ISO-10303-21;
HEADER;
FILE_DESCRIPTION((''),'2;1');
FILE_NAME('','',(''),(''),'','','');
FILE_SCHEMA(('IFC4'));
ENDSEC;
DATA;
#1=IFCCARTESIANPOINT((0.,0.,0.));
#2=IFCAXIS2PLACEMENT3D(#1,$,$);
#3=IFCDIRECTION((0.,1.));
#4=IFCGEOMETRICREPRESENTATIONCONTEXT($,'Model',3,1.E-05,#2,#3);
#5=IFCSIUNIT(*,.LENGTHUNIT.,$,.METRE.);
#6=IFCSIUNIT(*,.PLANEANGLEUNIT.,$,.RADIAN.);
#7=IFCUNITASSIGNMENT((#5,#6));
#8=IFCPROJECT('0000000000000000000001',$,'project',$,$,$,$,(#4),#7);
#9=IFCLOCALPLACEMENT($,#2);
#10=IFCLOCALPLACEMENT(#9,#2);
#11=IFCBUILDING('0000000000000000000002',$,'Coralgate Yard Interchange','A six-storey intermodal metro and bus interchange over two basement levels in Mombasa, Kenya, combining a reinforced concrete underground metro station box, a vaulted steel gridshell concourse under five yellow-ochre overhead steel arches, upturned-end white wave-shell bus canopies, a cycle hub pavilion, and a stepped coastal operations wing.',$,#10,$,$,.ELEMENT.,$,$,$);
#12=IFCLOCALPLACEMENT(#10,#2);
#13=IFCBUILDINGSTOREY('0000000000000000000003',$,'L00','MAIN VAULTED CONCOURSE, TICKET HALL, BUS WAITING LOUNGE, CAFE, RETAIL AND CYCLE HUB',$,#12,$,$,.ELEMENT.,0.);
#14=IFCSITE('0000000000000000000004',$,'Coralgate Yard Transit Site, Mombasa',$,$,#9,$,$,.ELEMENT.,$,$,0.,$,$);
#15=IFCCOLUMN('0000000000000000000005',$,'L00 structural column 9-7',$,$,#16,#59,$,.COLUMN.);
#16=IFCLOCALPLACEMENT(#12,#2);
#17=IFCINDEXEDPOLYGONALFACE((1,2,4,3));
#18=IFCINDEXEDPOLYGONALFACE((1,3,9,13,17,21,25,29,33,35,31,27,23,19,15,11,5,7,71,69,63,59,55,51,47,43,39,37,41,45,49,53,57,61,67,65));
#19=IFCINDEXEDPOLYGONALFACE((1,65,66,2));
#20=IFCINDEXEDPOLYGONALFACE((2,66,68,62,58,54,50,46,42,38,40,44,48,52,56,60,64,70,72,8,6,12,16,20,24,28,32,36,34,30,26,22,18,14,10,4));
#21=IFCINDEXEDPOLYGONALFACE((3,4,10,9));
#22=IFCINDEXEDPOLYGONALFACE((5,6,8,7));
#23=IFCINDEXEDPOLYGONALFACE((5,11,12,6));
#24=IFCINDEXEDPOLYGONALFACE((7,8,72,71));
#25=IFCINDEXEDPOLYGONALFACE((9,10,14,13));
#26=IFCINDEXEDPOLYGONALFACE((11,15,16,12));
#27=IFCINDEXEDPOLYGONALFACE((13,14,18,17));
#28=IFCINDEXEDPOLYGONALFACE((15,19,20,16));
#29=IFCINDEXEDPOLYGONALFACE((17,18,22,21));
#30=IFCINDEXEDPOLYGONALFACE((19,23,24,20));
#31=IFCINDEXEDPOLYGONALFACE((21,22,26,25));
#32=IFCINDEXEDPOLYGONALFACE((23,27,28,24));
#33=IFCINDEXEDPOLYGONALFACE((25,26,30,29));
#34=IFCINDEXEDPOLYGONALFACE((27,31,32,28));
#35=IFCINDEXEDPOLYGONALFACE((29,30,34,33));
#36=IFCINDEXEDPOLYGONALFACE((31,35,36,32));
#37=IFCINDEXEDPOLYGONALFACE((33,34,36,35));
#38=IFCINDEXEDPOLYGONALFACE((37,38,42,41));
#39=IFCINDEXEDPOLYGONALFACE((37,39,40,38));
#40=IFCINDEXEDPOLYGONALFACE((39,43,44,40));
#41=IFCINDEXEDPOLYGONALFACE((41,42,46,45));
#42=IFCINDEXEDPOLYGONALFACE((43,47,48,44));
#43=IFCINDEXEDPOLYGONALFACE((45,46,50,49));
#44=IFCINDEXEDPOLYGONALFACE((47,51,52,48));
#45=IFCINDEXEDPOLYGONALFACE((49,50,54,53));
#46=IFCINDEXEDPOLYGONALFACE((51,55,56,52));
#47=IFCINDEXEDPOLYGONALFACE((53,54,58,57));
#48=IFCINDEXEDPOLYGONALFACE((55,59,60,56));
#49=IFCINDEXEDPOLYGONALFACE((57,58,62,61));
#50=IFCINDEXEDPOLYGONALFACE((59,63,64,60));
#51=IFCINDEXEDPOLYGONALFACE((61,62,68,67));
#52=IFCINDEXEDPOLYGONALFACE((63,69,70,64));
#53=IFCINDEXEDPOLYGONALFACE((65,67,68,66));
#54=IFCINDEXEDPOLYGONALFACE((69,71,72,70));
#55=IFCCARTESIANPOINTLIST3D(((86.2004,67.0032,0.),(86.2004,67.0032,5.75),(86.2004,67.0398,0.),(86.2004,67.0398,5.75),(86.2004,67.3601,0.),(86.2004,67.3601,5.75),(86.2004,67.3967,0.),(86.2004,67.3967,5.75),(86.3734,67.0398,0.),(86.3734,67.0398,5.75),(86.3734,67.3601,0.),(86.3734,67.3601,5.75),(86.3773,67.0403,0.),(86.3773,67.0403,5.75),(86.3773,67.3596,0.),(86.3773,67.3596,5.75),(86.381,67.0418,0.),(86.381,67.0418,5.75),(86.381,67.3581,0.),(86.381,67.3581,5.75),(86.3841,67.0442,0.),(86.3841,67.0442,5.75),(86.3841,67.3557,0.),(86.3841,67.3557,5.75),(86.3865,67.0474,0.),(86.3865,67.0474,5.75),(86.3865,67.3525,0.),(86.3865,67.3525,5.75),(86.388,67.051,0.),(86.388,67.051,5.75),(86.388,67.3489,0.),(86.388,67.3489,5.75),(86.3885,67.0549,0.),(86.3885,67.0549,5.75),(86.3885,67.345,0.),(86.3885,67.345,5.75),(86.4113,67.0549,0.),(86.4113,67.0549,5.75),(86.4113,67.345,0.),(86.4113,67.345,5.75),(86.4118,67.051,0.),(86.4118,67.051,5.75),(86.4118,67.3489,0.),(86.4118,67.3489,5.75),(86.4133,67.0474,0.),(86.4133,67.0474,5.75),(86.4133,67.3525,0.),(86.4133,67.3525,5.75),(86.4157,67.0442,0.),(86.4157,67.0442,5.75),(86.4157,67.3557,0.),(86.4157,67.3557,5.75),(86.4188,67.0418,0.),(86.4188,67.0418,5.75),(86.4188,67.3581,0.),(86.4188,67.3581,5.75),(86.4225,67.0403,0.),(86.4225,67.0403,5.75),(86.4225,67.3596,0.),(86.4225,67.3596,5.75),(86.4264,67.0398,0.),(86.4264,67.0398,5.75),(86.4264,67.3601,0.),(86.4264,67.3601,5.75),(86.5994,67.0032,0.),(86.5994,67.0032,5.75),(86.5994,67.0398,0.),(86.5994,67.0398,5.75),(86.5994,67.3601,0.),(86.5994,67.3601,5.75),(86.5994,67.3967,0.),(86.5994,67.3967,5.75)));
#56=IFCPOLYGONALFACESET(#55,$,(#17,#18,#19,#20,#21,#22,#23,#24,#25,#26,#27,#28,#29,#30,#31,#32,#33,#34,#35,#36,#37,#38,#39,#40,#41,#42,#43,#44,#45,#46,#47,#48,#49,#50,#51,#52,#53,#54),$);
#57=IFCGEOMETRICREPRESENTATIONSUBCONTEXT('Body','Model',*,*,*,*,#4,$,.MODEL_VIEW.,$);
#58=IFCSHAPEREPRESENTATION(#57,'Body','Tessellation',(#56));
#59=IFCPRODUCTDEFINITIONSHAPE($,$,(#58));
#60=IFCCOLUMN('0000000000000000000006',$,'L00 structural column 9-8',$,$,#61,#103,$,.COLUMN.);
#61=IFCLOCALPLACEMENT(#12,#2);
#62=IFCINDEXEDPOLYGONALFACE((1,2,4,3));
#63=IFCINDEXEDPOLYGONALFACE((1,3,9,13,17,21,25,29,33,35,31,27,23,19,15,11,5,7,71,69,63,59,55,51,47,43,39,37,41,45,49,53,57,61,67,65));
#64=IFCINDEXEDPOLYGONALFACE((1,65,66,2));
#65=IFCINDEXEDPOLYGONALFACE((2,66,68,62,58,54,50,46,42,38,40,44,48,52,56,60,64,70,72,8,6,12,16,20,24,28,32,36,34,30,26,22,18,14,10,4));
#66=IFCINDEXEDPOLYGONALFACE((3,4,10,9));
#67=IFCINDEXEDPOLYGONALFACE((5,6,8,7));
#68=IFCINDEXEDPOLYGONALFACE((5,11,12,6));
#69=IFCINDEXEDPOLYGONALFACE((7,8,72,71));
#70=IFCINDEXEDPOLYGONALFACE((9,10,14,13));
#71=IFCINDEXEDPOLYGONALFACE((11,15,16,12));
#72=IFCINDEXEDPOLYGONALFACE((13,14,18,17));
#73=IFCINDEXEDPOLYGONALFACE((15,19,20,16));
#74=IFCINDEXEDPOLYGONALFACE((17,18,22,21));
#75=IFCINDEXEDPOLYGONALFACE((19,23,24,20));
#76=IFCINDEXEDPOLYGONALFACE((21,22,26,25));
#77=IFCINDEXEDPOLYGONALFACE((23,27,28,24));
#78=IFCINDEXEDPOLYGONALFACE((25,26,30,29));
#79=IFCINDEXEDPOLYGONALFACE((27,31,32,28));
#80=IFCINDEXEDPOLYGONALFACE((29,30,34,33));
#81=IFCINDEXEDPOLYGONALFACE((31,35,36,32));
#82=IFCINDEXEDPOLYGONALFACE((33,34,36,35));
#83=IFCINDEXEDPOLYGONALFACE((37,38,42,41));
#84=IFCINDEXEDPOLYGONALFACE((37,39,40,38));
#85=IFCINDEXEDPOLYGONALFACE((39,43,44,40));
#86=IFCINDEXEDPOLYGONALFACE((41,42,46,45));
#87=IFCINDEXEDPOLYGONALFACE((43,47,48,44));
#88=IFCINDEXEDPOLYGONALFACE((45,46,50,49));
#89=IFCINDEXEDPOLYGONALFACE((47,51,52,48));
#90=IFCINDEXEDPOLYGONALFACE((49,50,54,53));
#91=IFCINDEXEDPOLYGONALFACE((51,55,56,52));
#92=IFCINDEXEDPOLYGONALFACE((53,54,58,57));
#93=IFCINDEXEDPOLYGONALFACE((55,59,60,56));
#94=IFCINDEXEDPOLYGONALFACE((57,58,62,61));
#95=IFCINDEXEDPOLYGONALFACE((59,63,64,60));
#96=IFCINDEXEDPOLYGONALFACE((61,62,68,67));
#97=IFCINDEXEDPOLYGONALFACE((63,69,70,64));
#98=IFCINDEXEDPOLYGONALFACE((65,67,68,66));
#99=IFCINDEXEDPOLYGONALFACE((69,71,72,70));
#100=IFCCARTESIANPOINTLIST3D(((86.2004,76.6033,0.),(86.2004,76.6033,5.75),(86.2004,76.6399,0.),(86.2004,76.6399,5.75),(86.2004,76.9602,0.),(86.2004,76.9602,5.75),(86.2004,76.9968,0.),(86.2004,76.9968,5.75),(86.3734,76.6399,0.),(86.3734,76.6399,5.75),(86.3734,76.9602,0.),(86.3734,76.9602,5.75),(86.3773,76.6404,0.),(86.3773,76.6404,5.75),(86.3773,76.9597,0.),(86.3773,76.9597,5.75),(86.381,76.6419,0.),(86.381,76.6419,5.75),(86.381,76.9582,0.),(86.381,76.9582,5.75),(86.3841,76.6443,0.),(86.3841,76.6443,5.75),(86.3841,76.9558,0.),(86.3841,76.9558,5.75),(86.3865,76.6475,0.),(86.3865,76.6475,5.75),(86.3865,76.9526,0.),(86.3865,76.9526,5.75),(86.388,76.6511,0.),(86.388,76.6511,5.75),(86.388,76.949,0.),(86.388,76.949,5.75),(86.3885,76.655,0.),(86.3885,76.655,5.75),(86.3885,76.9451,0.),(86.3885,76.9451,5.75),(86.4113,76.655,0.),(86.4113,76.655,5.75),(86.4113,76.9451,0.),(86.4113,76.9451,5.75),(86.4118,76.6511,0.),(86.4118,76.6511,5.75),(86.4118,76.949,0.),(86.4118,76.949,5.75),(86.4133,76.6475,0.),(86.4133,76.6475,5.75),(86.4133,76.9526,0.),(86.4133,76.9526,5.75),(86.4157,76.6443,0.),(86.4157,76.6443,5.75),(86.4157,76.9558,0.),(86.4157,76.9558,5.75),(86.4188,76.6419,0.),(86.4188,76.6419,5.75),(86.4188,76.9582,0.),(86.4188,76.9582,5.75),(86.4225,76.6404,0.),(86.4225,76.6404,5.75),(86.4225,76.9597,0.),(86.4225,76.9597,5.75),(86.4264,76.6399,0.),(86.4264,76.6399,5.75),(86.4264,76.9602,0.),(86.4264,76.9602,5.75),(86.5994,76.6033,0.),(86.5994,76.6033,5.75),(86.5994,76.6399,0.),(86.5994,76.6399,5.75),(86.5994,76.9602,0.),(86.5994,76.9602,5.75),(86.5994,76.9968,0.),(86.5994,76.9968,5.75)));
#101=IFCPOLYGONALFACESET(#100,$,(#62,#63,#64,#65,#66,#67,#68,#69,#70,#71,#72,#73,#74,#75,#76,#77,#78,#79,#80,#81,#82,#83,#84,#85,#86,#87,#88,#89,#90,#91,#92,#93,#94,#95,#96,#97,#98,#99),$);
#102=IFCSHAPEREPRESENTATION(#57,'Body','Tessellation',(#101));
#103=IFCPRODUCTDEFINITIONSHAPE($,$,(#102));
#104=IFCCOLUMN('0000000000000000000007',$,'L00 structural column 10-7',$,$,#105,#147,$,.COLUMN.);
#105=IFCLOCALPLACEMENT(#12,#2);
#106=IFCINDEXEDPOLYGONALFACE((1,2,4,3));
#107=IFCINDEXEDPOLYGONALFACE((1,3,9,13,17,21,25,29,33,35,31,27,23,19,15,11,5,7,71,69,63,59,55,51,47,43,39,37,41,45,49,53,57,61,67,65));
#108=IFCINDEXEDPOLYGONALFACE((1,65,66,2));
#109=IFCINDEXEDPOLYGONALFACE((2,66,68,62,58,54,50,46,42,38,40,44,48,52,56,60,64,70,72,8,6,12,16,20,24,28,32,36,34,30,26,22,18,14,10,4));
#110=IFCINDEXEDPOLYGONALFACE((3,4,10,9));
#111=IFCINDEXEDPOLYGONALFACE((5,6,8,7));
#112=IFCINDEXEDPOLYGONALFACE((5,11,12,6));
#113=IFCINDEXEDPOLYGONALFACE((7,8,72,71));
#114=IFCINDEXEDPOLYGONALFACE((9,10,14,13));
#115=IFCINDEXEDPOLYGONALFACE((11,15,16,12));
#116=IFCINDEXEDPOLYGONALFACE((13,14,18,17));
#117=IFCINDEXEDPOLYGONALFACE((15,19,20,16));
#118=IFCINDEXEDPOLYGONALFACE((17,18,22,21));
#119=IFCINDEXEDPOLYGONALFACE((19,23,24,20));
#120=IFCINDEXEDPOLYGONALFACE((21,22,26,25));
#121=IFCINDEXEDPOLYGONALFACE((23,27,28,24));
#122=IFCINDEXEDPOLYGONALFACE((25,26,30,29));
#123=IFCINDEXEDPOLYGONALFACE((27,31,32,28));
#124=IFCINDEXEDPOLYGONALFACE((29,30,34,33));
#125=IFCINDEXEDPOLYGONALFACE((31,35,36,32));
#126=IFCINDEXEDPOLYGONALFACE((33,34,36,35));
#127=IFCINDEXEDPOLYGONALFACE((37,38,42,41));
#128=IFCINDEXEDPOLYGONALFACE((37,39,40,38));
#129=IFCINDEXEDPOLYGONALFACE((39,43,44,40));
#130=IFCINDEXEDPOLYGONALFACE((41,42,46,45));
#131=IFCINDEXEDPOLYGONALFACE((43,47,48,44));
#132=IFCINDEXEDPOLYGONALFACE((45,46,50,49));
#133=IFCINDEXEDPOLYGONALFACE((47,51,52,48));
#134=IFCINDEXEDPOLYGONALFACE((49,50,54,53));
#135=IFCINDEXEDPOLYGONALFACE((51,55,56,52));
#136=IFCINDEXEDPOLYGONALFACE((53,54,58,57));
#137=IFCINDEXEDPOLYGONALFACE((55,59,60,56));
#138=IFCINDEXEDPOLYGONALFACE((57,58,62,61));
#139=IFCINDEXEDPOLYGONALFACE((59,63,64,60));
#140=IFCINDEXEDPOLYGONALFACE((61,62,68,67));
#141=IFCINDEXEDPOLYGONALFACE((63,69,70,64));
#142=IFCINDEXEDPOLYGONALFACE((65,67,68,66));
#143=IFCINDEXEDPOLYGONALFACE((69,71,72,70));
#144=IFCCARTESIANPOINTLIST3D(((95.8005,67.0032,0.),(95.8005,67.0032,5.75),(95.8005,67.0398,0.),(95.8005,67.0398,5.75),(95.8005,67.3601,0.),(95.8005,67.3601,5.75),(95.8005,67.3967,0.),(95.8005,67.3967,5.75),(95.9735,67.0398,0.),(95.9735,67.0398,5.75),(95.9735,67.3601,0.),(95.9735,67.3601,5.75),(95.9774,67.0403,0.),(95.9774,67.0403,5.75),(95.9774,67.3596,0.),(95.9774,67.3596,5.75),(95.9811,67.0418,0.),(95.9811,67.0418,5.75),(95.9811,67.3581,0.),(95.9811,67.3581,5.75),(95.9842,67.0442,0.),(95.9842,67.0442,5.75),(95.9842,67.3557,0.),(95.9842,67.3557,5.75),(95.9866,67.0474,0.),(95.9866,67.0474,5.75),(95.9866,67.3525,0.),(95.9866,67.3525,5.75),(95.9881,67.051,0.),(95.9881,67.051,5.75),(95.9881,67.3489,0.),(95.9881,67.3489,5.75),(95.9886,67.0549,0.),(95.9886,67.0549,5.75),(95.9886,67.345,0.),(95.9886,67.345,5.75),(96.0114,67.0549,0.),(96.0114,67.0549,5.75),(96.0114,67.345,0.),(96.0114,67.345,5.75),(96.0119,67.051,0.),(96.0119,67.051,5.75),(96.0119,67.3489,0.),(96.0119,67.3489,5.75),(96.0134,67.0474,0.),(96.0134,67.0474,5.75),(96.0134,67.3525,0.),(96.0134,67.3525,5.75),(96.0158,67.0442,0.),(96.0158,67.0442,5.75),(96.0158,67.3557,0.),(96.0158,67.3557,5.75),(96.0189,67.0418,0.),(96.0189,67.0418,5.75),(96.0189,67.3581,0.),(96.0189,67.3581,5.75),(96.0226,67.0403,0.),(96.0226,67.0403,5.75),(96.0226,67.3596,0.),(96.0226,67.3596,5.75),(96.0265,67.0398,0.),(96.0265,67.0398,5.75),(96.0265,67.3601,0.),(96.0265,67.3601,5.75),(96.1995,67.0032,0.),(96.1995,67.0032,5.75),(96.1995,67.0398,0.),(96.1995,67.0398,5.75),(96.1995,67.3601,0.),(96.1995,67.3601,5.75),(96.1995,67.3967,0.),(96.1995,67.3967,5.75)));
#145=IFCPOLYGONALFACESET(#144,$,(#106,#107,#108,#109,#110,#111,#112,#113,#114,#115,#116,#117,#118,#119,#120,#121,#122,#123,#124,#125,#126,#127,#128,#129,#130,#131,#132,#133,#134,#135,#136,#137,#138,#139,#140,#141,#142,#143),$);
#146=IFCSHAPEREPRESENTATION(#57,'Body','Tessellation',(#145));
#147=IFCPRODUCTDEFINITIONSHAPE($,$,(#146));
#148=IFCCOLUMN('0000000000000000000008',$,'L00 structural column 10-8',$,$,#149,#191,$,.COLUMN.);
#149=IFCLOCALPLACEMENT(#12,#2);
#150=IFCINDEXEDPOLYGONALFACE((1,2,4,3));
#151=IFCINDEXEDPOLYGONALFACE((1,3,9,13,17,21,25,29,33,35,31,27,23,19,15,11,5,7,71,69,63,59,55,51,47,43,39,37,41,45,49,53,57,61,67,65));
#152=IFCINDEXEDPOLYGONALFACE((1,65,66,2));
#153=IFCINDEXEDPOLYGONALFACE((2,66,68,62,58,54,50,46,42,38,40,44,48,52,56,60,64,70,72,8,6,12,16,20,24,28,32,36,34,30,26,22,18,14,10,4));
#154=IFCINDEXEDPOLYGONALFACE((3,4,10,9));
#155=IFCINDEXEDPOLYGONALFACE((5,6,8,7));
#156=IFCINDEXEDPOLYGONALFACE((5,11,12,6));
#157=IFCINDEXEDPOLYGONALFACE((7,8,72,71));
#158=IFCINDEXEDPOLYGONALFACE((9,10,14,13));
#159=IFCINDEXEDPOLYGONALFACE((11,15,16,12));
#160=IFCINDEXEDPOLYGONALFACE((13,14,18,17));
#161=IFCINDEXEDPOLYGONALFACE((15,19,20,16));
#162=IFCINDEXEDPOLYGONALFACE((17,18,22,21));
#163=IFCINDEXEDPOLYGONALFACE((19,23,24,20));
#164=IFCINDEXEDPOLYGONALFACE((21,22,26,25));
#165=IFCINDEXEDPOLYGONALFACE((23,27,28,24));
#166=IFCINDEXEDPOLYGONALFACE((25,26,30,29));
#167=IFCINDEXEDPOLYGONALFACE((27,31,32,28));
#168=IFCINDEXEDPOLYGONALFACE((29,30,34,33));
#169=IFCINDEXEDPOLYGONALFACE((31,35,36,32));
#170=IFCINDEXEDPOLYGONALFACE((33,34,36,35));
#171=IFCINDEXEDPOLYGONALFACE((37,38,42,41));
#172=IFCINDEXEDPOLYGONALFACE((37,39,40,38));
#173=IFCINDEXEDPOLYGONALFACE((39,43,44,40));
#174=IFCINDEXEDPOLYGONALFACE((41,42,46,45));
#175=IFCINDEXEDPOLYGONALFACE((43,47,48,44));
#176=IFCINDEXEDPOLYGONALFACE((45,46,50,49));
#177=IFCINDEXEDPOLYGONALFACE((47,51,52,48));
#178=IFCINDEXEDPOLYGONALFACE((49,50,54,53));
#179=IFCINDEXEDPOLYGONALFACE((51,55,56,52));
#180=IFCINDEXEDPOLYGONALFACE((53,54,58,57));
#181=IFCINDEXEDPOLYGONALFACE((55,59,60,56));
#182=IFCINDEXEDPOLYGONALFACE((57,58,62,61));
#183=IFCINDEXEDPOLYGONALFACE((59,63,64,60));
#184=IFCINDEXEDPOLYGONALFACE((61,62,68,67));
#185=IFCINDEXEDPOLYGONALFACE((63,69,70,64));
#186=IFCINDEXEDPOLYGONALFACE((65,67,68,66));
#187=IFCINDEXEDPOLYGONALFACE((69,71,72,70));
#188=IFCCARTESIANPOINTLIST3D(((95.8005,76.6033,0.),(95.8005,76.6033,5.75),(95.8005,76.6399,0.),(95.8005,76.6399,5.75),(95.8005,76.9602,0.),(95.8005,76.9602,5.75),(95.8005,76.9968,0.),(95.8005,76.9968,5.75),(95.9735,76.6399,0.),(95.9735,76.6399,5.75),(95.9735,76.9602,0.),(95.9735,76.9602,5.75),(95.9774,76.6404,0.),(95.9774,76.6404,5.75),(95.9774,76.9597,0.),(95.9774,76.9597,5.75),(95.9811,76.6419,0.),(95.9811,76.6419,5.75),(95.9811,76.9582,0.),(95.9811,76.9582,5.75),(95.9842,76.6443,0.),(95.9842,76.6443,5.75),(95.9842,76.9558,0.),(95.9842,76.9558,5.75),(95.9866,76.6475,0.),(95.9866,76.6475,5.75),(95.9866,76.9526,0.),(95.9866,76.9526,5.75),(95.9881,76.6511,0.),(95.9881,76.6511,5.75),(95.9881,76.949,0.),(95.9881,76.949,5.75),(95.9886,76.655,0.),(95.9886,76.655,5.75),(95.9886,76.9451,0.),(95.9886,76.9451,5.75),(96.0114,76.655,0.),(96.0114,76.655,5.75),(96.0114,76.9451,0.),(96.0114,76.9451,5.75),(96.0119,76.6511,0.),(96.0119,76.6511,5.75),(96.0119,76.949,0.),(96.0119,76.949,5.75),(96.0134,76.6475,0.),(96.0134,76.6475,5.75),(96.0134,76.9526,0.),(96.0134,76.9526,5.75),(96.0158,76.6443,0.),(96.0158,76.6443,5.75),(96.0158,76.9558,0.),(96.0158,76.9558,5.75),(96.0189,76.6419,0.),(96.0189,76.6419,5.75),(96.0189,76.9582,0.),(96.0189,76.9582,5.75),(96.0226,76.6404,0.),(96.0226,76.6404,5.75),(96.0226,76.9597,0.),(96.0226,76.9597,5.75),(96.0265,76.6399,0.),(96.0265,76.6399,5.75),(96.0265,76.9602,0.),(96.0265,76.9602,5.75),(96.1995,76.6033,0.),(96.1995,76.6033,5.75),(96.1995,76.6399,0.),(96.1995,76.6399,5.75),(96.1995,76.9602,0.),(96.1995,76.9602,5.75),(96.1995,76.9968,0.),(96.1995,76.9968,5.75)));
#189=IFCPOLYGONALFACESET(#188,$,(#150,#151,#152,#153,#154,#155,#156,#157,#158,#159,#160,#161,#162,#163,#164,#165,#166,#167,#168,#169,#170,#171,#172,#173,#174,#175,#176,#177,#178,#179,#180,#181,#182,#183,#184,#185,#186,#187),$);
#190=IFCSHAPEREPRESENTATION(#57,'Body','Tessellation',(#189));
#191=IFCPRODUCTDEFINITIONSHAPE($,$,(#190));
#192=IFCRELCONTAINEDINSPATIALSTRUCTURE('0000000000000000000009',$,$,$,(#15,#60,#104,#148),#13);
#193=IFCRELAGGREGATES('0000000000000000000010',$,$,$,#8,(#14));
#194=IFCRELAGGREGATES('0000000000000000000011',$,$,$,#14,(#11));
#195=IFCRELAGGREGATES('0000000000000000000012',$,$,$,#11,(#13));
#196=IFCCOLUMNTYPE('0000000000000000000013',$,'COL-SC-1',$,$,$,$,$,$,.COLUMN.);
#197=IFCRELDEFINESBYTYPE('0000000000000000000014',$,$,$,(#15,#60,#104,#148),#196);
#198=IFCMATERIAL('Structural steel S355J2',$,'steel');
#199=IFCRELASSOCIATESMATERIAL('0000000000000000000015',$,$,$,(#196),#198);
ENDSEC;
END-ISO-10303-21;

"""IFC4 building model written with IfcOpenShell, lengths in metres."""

from ifc_helpers import new_model, si_unit, direction, frame, origin, origin_2d, place, context, subcontext, project, spatial, i_section, extrude, material, material_profile, profile_set, type_object, element, save


model = new_model("IFC4")

# Units and contexts
model_context = context("Model", 3, precision=1e-05, world=origin(), true_north=direction((0.0, 1.0)))
body_context = subcontext(model_context, "Body", "Model", "MODEL_VIEW")
ifc_project = project(units=[si_unit("LENGTHUNIT", "METRE"), si_unit("PLANEANGLEUNIT", "RADIAN")], contexts=[model_context])

# Site, building, storey
site_placement = place(None, origin())
site = spatial("IfcSite", under=ifc_project, at=site_placement, Name="Coralgate Yard Transit Site, Mombasa", CompositionType="ELEMENT", RefElevation=0.0)
building_placement = place(site_placement, origin())
building = spatial("IfcBuilding", under=site, at=building_placement, Name="Coralgate Yard Interchange", Description="A six-storey intermodal metro and bus interchange over two basement levels in Mombasa, Kenya, combining a reinforced concrete underground metro station box, a vaulted steel gridshell concourse under five yellow-ochre overhead steel arches, upturned-end white wave-shell bus canopies, a cycle hub pavilion, and a stepped coastal operations wing.", CompositionType="ELEMENT")
storey_placement = place(building_placement, origin())
storey = spatial("IfcBuildingStorey", under=building, at=storey_placement, Name="L00", Description="MAIN VAULTED CONCOURSE, TICKET HALL, BUS WAITING LOUNGE, CAFE, RETAIL AND CYCLE HUB", CompositionType="ELEMENT", Elevation=0.0)

# Columns
ifc_material_1 = material(Name="Structural steel S355J2", Category="steel")
ifc_material_profile_1 = material_profile(ifc_material_1, i_section(OverallWidth=0.3989, OverallDepth=0.3936, WebThickness=0.0227, FlangeThickness=0.0366, FilletRadius=0.0151, at=origin_2d()), Name="UC 356x406x287")
ifc_profile_set_1 = profile_set([ifc_material_profile_1], Name="Structural steel S355J2")
column_type = type_object("IfcColumnType", Name="COL-SC-1", PredefinedType="COLUMN", material=ifc_profile_set_1)
for number, where, z_axis, x_axis, name in (
    (1, (86.3999, 67.2, 0.0), (0.0, 0.0, 1.0), (1.0, 0.0, 0.0), "L00 structural column 9-7"),
    (2, (86.3999, 76.8, 0.0), (0.0, 0.0, 1.0), (1.0, 0.0, 0.0), "L00 structural column 9-8"),
    (3, (96.0, 67.2, 0.0), (0.0, 0.0, 1.0), (1.0, 0.0, 0.0), "L00 structural column 10-7"),
    (4, (96.0, 76.8, 0.0), (0.0, 0.0, 1.0), (1.0, 0.0, 0.0), "L00 structural column 10-8"),
):
    element("IfcColumn", number, at=place(storey_placement, frame(where, z_axis=z_axis, x_axis=x_axis)), inside=storey, type_object=column_type, Name=name, PredefinedType="COLUMN", context=body_context, shape_type="SweptSolid", body=[
        extrude(i_section(OverallWidth=0.3989, OverallDepth=0.3936, WebThickness=0.0227, FlangeThickness=0.0366, FilletRadius=0.0151, at=origin_2d()), origin(), (0.0, 0.0, 1.0), 5.75),
    ])

save(model, "model.ifc")
